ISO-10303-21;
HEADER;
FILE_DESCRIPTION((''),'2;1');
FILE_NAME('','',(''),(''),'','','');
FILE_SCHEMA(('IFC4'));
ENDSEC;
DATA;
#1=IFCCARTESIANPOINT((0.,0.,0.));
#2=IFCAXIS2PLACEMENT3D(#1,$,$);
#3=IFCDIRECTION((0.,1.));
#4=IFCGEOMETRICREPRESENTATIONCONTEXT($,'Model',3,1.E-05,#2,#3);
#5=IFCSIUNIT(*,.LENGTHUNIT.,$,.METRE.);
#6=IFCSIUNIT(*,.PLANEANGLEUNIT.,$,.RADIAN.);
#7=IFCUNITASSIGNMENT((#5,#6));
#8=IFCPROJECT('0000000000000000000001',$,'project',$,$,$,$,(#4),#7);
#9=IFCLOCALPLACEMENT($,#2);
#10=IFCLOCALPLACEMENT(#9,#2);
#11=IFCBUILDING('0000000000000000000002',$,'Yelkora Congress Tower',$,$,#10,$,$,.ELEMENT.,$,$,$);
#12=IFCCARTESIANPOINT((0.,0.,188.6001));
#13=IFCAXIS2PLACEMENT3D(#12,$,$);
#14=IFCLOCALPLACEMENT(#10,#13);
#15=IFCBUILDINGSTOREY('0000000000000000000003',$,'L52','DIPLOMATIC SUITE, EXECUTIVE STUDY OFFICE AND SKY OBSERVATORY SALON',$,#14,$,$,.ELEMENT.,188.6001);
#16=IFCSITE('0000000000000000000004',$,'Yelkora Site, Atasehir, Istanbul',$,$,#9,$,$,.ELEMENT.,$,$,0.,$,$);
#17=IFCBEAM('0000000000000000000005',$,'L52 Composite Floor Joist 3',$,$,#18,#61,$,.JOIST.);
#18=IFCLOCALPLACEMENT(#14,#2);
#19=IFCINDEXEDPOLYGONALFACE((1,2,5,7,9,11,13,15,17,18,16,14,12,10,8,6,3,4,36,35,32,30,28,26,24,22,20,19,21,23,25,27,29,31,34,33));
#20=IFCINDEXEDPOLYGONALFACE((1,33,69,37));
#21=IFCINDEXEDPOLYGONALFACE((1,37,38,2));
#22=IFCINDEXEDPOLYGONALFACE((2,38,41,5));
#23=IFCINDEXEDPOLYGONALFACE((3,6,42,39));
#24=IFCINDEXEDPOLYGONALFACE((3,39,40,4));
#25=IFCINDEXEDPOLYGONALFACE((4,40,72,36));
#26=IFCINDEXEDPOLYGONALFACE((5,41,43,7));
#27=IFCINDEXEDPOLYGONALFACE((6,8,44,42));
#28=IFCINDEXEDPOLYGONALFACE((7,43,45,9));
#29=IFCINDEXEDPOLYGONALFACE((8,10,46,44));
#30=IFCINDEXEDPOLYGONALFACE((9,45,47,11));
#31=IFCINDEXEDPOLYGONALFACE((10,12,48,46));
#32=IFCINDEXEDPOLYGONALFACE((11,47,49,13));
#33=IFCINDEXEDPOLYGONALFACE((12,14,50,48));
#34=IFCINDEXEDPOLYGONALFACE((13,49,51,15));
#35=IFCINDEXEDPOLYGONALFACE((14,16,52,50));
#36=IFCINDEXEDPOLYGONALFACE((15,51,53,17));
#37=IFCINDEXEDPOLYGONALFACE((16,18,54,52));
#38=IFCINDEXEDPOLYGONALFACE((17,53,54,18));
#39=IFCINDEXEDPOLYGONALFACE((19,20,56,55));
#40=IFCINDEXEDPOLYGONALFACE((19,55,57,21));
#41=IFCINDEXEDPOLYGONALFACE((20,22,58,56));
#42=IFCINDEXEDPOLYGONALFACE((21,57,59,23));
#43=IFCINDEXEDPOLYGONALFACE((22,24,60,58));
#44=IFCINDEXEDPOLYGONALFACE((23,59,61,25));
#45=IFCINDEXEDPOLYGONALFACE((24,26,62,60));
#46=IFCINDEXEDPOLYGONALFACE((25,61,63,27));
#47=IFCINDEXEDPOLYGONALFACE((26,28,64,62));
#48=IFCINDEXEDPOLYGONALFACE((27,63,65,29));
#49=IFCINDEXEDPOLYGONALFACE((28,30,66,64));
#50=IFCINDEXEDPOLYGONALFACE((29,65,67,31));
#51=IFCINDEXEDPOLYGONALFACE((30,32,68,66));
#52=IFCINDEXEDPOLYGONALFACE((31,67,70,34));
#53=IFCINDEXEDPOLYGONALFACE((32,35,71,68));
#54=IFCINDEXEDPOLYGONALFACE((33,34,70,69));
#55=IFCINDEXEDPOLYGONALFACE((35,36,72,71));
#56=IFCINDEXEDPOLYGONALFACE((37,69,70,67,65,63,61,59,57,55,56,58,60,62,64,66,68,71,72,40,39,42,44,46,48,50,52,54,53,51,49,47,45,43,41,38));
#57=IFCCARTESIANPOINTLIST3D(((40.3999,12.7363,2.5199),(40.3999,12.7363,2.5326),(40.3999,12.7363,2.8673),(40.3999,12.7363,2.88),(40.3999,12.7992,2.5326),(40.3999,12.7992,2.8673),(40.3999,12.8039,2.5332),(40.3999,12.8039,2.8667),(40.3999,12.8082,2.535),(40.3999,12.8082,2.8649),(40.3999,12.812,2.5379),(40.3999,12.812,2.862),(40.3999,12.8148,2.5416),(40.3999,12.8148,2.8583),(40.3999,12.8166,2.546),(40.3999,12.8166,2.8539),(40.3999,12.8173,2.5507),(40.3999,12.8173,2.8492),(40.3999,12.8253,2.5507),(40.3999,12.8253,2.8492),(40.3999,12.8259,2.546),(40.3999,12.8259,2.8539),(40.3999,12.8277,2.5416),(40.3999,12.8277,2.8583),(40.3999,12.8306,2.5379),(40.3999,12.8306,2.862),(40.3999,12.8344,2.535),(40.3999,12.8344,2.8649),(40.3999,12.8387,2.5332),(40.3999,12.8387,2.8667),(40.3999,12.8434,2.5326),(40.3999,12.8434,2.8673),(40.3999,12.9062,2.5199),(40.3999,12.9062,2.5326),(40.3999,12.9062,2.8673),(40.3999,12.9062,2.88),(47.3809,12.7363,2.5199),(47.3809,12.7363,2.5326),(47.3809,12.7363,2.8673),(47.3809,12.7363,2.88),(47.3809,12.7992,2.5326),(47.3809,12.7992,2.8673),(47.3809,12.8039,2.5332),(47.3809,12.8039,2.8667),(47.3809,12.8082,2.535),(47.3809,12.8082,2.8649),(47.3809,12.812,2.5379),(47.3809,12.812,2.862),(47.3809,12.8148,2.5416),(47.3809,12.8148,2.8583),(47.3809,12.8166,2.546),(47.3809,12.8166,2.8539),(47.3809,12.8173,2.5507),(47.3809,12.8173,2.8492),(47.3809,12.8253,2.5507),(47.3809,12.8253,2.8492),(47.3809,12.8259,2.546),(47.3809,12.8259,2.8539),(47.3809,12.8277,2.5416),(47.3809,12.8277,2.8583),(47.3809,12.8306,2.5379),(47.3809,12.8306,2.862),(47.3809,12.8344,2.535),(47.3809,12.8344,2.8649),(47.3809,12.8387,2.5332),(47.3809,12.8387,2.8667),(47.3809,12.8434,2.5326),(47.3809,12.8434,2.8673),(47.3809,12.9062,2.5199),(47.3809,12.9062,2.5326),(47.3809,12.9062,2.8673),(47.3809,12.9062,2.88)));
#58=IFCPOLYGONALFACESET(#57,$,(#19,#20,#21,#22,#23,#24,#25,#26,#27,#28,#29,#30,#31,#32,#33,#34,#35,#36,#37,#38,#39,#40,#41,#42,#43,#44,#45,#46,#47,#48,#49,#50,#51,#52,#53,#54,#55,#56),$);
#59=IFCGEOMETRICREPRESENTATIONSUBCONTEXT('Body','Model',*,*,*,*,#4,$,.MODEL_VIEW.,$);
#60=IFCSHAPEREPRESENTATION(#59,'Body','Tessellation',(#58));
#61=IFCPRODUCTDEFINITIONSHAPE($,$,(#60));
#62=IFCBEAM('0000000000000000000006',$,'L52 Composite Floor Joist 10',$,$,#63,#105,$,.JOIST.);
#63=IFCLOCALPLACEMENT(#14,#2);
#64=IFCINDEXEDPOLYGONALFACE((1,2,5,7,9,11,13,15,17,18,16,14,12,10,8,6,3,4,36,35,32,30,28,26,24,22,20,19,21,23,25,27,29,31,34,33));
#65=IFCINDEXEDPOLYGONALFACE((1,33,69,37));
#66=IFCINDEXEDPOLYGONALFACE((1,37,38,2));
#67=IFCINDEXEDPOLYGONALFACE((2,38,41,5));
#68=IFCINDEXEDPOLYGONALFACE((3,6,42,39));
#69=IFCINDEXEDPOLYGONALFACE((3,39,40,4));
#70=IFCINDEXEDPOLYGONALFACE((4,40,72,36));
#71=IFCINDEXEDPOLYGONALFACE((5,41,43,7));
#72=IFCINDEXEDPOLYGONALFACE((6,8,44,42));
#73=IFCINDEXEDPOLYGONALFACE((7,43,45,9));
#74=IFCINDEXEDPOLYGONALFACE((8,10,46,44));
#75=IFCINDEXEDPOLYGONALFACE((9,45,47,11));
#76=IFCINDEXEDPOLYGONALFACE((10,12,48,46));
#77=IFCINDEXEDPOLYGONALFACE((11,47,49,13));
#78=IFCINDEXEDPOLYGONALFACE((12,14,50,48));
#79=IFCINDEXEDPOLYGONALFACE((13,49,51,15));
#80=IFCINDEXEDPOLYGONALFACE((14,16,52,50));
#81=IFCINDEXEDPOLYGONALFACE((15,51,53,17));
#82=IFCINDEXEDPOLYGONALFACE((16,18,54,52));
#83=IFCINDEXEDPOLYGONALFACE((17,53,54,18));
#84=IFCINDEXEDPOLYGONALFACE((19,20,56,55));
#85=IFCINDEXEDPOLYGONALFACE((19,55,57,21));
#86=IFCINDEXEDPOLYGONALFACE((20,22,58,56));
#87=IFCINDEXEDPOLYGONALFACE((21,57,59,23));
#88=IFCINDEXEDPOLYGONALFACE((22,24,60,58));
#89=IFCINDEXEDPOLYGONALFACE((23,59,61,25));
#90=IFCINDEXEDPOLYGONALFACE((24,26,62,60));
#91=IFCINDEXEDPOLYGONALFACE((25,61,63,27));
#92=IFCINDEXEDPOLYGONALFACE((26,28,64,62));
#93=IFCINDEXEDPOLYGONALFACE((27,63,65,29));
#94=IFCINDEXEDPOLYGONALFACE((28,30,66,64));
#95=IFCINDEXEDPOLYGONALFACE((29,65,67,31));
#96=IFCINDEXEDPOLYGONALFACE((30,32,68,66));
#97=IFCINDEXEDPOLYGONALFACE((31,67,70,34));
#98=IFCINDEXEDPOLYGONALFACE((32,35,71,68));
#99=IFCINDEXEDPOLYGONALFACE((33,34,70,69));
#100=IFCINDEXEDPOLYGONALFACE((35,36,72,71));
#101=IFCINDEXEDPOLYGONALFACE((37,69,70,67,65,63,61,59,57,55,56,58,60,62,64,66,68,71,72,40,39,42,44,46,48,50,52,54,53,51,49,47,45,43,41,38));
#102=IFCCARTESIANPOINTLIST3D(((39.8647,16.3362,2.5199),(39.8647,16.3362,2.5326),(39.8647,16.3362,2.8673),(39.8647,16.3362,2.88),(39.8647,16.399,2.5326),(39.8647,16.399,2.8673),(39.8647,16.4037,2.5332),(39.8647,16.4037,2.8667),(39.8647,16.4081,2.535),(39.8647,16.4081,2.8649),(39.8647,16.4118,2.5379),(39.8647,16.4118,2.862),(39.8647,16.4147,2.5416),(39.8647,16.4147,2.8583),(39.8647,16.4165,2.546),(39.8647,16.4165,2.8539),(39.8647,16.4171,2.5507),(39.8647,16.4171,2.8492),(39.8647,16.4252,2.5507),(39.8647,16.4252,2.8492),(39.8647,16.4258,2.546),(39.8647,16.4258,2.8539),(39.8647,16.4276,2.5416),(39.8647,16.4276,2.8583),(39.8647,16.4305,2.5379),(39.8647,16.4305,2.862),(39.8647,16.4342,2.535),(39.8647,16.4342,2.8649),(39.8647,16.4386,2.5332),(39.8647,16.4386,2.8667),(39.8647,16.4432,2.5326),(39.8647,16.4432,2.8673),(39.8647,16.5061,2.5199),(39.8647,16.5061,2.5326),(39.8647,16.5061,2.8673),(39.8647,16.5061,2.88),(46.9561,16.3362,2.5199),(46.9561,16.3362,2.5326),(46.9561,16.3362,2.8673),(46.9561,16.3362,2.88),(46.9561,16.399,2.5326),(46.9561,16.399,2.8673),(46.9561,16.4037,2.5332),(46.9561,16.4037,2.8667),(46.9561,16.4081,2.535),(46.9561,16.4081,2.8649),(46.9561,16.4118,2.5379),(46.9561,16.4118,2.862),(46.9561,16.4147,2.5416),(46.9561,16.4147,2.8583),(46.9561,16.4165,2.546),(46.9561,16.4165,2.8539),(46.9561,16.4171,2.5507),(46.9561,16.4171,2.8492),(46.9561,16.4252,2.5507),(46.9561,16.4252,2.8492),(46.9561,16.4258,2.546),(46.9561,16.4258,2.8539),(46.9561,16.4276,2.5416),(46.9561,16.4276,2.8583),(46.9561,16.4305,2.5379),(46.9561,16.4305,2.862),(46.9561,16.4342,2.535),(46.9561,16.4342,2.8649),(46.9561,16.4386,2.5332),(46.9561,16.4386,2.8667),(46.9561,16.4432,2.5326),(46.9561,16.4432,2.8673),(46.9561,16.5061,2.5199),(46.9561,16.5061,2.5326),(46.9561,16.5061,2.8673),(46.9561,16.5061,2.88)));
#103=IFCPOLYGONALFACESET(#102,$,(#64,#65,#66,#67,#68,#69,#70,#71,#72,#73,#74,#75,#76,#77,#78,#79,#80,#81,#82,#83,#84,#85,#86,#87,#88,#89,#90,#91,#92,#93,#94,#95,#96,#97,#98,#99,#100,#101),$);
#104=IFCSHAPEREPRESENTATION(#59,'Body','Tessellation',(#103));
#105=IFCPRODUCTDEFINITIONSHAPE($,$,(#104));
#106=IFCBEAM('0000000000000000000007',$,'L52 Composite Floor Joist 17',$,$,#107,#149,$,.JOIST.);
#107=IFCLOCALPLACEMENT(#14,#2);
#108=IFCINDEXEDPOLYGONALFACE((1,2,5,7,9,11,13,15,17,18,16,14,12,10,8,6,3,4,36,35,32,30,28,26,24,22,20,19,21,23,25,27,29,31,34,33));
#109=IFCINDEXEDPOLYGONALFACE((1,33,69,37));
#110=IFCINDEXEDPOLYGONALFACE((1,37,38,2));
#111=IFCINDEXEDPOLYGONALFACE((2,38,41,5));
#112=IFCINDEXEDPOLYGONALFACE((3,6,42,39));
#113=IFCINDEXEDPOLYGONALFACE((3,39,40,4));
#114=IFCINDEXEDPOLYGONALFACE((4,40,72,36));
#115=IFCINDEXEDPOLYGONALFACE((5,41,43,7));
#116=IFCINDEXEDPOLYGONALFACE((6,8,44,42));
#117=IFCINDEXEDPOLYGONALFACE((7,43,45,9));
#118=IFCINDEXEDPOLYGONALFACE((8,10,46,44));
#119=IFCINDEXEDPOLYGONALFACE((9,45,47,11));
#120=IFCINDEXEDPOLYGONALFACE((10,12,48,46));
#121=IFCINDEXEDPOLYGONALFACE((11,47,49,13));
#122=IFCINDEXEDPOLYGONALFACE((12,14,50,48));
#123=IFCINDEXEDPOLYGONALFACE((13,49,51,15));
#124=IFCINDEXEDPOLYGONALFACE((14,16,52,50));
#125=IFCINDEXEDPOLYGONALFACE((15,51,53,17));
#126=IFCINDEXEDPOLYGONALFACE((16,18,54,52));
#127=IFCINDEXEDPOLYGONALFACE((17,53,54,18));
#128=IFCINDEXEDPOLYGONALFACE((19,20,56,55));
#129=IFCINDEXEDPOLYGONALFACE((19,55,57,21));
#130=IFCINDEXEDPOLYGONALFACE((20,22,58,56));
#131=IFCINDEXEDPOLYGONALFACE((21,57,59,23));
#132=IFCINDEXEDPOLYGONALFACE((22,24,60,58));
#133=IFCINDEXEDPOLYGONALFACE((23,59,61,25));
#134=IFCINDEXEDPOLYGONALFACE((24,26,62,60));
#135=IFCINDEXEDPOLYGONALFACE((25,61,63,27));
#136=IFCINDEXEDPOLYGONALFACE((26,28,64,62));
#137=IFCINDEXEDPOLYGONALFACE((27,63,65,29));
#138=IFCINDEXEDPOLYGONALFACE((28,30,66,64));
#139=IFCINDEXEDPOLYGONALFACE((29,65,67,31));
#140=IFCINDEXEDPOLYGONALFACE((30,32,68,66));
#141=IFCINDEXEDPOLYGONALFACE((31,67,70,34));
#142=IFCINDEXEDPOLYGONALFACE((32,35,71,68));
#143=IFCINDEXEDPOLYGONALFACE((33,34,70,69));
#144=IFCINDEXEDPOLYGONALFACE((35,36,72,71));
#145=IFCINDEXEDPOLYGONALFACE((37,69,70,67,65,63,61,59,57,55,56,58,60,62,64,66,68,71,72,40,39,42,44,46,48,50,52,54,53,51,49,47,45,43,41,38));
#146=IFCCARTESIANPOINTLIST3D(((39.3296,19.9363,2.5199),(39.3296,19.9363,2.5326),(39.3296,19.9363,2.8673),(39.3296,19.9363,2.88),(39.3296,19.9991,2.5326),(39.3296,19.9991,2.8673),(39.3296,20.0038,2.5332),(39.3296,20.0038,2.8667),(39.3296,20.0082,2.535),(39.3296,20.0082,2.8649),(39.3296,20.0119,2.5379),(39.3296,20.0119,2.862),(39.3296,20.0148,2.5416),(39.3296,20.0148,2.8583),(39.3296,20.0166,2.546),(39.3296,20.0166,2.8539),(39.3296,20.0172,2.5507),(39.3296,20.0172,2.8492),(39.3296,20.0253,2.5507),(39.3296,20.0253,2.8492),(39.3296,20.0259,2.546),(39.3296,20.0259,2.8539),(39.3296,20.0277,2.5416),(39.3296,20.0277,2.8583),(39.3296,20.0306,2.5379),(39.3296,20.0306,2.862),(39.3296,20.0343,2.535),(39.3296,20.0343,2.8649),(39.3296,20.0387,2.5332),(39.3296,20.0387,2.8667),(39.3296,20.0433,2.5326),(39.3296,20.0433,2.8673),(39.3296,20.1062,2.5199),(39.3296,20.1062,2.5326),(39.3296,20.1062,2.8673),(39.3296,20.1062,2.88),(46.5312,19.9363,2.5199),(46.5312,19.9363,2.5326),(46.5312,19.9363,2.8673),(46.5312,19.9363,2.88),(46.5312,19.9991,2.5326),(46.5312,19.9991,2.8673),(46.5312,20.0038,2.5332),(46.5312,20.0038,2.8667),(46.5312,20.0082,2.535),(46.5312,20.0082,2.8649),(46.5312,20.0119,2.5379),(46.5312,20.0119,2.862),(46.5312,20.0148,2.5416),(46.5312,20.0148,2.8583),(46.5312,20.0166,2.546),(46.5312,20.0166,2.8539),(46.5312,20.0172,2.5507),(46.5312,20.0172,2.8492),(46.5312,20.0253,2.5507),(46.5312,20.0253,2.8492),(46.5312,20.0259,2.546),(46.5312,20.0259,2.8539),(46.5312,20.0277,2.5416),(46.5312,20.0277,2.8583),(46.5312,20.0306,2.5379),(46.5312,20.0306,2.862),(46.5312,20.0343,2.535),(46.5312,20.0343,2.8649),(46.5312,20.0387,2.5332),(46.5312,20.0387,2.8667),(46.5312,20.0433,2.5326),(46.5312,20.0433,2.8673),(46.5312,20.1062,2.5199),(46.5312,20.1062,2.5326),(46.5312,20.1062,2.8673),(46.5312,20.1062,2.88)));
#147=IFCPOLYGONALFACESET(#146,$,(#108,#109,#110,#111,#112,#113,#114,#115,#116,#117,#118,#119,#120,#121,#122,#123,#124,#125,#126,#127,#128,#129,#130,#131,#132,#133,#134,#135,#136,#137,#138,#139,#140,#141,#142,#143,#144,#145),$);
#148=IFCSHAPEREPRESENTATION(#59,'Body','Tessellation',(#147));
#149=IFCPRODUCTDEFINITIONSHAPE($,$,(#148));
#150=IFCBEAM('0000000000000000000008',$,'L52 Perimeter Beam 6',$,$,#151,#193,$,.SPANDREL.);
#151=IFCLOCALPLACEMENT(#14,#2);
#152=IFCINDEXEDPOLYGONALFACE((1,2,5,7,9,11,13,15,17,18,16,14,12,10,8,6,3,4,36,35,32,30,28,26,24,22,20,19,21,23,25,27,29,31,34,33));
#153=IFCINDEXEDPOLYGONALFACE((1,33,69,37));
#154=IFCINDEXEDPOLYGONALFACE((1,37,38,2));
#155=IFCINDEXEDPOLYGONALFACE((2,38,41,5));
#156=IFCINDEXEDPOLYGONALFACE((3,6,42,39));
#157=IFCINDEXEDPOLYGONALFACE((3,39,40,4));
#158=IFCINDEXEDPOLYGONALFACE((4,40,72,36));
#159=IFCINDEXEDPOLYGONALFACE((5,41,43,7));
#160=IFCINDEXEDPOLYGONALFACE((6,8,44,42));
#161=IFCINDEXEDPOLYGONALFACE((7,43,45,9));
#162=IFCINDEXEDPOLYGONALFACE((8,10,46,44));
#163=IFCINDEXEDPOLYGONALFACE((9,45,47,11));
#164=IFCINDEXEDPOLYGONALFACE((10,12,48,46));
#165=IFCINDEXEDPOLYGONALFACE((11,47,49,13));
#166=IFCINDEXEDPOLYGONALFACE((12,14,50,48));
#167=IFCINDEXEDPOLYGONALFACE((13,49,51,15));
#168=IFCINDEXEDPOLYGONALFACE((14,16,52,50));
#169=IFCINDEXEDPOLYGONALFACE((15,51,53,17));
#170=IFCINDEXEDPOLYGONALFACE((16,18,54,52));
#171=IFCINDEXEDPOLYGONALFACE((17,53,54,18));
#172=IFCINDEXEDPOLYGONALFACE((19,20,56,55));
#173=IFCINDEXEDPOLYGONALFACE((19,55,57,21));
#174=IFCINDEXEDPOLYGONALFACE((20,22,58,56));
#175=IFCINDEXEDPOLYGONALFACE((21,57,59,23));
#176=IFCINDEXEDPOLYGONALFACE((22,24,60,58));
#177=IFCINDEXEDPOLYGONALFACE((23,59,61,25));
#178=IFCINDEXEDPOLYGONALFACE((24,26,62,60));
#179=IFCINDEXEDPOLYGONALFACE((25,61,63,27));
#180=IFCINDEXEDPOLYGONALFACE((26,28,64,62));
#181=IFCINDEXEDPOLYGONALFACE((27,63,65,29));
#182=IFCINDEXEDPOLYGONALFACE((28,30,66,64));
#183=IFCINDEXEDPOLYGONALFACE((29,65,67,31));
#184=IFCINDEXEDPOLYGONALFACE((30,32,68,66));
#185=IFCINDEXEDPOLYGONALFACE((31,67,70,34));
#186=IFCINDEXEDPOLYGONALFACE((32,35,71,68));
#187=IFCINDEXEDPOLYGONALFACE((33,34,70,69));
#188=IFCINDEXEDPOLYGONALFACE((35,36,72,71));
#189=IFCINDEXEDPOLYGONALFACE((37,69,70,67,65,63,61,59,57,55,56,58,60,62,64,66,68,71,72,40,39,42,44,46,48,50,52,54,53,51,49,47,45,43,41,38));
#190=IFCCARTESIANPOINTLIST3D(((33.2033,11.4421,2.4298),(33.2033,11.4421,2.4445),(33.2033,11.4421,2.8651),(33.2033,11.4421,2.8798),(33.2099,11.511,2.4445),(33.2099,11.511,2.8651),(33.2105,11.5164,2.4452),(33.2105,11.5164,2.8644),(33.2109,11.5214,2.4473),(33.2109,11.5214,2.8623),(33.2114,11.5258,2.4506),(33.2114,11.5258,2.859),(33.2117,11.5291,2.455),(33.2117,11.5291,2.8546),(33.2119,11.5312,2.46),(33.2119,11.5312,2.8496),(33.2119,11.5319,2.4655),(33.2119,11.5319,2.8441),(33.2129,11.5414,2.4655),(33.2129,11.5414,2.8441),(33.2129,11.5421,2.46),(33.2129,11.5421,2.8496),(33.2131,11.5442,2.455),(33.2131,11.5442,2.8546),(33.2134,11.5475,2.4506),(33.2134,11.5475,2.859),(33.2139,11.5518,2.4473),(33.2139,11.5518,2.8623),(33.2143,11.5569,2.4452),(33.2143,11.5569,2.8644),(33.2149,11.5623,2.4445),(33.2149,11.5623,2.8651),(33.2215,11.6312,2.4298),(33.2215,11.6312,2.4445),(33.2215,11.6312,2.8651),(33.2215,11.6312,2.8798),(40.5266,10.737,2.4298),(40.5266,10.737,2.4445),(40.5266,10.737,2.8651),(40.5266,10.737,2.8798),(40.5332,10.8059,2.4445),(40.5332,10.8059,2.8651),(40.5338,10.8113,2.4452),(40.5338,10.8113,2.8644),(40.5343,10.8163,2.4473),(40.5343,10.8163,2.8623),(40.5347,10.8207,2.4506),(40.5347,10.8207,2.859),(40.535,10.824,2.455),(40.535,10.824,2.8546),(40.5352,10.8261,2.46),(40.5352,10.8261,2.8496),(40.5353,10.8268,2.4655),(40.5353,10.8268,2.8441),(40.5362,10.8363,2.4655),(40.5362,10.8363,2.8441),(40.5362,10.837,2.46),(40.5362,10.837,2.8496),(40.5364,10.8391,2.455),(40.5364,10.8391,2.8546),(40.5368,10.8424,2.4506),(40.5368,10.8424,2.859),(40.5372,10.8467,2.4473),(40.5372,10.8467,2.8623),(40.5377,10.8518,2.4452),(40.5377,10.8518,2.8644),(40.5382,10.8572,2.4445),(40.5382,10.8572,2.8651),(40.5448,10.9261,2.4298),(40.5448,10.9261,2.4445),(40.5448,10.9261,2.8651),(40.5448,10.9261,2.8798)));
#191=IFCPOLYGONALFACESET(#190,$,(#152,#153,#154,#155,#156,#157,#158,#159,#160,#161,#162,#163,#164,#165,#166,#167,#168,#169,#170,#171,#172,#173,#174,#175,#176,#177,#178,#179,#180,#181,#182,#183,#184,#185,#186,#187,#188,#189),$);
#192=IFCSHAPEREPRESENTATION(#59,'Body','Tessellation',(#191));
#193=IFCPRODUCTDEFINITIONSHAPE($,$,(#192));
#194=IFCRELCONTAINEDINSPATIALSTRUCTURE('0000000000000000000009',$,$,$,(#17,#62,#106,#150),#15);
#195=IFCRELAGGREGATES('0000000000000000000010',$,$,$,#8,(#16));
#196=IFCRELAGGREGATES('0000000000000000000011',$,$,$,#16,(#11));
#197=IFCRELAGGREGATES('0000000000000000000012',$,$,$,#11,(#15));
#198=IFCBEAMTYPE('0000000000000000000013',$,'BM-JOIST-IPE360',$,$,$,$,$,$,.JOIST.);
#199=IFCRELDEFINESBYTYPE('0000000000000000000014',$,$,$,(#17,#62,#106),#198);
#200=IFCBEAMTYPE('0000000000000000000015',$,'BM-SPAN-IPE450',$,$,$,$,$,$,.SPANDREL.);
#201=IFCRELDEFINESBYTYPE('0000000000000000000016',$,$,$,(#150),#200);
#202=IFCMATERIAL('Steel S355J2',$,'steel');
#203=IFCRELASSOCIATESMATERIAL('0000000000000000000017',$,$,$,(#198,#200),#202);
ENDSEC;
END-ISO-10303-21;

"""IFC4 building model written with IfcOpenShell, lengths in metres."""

from ifc_helpers import new_model, si_unit, direction, frame, origin, origin_2d, place, context, subcontext, project, spatial, i_section, extrude, material, material_profile, profile_set, type_object, element, save


model = new_model("IFC4")

# Units and contexts
model_context = context("Model", 3, precision=1e-05, world=origin(), true_north=direction((0.0, 1.0)))
body_context = subcontext(model_context, "Body", "Model", "MODEL_VIEW")
ifc_project = project(units=[si_unit("LENGTHUNIT", "METRE"), si_unit("PLANEANGLEUNIT", "RADIAN")], contexts=[model_context])

# Site, building, storey
site_placement = place(None, origin())
site = spatial("IfcSite", under=ifc_project, at=site_placement, Name="Yelkora Site, Atasehir, Istanbul", CompositionType="ELEMENT", RefElevation=0.0)
building_placement = place(site_placement, origin())
building = spatial("IfcBuilding", under=site, at=building_placement, Name="Yelkora Congress Tower", CompositionType="ELEMENT")
storey_placement = place(building_placement, frame((0.0, 0.0, 188.6001)))
storey = spatial("IfcBuildingStorey", under=building, at=storey_placement, Name="L52", Description="DIPLOMATIC SUITE, EXECUTIVE STUDY OFFICE AND SKY OBSERVATORY SALON", CompositionType="ELEMENT", Elevation=188.6001)

# Beams
ifc_material_1 = material(Name="Steel S355J2", Category="steel")
ifc_material_profile_1 = material_profile(ifc_material_1, i_section(OverallWidth=0.1699, OverallDepth=0.3601, WebThickness=0.0081, FlangeThickness=0.0127, FilletRadius=0.0181, at=origin_2d()), Name="IPE 360")
ifc_profile_set_1 = profile_set([ifc_material_profile_1], Name="Steel S355J2")
beam_type_1 = type_object("IfcBeamType", Name="BM-JOIST-IPE360", PredefinedType="JOIST", material=ifc_profile_set_1)
beam_1_placement = place(storey_placement, frame((40.3999, 12.8213, 2.7), z_axis=(1.0, 0.0, 0.0), x_axis=(0.0, 1.0, 0.0)))
element("IfcBeam", 1, at=beam_1_placement, inside=storey, type_object=beam_type_1, Name="L52 Composite Floor Joist 3", PredefinedType="JOIST", context=body_context, shape_type="SweptSolid", body=[
    extrude(i_section(OverallWidth=0.1699, OverallDepth=0.3601, WebThickness=0.0081, FlangeThickness=0.0127, FilletRadius=0.0181, at=origin_2d()), origin(), (0.0, 0.0, 1.0), 6.981),
])
beam_2_placement = place(storey_placement, frame((39.8647, 16.4211, 2.7), z_axis=(1.0, 0.0, 0.0), x_axis=(0.0, 1.0, 0.0)))
element("IfcBeam", 2, at=beam_2_placement, inside=storey, type_object=beam_type_1, Name="L52 Composite Floor Joist 10", PredefinedType="JOIST", context=body_context, shape_type="SweptSolid", body=[
    extrude(i_section(OverallWidth=0.1699, OverallDepth=0.3601, WebThickness=0.0081, FlangeThickness=0.0127, FilletRadius=0.0181, at=origin_2d()), origin(), (0.0, 0.0, 1.0), 7.0913),
])
beam_3_placement = place(storey_placement, frame((39.3296, 20.0212, 2.7), z_axis=(1.0, 0.0, 0.0), x_axis=(0.0, 1.0, 0.0)))
element("IfcBeam", 3, at=beam_3_placement, inside=storey, type_object=beam_type_1, Name="L52 Composite Floor Joist 17", PredefinedType="JOIST", context=body_context, shape_type="SweptSolid", body=[
    extrude(i_section(OverallWidth=0.1699, OverallDepth=0.3601, WebThickness=0.0081, FlangeThickness=0.0127, FilletRadius=0.0181, at=origin_2d()), origin(), (0.0, 0.0, 1.0), 7.2017),
])
ifc_material_profile_2 = material_profile(ifc_material_1, i_section(OverallWidth=0.1899, OverallDepth=0.45, WebThickness=0.0095, FlangeThickness=0.0146, FilletRadius=0.021, at=origin_2d()), Name="IPE 450")
ifc_profile_set_2 = profile_set([ifc_material_profile_2], Name="Steel S355J2")
beam_type_2 = type_object("IfcBeamType", Name="BM-SPAN-IPE450", PredefinedType="SPANDREL", material=ifc_profile_set_2)
for number, where, z_axis, x_axis, name in (
    (4, (33.2124, 11.5366, 2.6548), (0.995397, -0.095836, 0.0), (0.095836, 0.995397, 0.0), "L52 Perimeter Beam 6"),
):
    element("IfcBeam", number, at=place(storey_placement, frame(where, z_axis=z_axis, x_axis=x_axis)), inside=storey, type_object=beam_type_2, Name=name, PredefinedType="SPANDREL", context=body_context, shape_type="SweptSolid", body=[
        extrude(i_section(OverallWidth=0.1899, OverallDepth=0.45, WebThickness=0.0095, FlangeThickness=0.0146, FilletRadius=0.021, at=origin_2d()), origin(), (0.0, 0.0, 1.0), 7.3572),
    ])

save(model, "model.ifc")
